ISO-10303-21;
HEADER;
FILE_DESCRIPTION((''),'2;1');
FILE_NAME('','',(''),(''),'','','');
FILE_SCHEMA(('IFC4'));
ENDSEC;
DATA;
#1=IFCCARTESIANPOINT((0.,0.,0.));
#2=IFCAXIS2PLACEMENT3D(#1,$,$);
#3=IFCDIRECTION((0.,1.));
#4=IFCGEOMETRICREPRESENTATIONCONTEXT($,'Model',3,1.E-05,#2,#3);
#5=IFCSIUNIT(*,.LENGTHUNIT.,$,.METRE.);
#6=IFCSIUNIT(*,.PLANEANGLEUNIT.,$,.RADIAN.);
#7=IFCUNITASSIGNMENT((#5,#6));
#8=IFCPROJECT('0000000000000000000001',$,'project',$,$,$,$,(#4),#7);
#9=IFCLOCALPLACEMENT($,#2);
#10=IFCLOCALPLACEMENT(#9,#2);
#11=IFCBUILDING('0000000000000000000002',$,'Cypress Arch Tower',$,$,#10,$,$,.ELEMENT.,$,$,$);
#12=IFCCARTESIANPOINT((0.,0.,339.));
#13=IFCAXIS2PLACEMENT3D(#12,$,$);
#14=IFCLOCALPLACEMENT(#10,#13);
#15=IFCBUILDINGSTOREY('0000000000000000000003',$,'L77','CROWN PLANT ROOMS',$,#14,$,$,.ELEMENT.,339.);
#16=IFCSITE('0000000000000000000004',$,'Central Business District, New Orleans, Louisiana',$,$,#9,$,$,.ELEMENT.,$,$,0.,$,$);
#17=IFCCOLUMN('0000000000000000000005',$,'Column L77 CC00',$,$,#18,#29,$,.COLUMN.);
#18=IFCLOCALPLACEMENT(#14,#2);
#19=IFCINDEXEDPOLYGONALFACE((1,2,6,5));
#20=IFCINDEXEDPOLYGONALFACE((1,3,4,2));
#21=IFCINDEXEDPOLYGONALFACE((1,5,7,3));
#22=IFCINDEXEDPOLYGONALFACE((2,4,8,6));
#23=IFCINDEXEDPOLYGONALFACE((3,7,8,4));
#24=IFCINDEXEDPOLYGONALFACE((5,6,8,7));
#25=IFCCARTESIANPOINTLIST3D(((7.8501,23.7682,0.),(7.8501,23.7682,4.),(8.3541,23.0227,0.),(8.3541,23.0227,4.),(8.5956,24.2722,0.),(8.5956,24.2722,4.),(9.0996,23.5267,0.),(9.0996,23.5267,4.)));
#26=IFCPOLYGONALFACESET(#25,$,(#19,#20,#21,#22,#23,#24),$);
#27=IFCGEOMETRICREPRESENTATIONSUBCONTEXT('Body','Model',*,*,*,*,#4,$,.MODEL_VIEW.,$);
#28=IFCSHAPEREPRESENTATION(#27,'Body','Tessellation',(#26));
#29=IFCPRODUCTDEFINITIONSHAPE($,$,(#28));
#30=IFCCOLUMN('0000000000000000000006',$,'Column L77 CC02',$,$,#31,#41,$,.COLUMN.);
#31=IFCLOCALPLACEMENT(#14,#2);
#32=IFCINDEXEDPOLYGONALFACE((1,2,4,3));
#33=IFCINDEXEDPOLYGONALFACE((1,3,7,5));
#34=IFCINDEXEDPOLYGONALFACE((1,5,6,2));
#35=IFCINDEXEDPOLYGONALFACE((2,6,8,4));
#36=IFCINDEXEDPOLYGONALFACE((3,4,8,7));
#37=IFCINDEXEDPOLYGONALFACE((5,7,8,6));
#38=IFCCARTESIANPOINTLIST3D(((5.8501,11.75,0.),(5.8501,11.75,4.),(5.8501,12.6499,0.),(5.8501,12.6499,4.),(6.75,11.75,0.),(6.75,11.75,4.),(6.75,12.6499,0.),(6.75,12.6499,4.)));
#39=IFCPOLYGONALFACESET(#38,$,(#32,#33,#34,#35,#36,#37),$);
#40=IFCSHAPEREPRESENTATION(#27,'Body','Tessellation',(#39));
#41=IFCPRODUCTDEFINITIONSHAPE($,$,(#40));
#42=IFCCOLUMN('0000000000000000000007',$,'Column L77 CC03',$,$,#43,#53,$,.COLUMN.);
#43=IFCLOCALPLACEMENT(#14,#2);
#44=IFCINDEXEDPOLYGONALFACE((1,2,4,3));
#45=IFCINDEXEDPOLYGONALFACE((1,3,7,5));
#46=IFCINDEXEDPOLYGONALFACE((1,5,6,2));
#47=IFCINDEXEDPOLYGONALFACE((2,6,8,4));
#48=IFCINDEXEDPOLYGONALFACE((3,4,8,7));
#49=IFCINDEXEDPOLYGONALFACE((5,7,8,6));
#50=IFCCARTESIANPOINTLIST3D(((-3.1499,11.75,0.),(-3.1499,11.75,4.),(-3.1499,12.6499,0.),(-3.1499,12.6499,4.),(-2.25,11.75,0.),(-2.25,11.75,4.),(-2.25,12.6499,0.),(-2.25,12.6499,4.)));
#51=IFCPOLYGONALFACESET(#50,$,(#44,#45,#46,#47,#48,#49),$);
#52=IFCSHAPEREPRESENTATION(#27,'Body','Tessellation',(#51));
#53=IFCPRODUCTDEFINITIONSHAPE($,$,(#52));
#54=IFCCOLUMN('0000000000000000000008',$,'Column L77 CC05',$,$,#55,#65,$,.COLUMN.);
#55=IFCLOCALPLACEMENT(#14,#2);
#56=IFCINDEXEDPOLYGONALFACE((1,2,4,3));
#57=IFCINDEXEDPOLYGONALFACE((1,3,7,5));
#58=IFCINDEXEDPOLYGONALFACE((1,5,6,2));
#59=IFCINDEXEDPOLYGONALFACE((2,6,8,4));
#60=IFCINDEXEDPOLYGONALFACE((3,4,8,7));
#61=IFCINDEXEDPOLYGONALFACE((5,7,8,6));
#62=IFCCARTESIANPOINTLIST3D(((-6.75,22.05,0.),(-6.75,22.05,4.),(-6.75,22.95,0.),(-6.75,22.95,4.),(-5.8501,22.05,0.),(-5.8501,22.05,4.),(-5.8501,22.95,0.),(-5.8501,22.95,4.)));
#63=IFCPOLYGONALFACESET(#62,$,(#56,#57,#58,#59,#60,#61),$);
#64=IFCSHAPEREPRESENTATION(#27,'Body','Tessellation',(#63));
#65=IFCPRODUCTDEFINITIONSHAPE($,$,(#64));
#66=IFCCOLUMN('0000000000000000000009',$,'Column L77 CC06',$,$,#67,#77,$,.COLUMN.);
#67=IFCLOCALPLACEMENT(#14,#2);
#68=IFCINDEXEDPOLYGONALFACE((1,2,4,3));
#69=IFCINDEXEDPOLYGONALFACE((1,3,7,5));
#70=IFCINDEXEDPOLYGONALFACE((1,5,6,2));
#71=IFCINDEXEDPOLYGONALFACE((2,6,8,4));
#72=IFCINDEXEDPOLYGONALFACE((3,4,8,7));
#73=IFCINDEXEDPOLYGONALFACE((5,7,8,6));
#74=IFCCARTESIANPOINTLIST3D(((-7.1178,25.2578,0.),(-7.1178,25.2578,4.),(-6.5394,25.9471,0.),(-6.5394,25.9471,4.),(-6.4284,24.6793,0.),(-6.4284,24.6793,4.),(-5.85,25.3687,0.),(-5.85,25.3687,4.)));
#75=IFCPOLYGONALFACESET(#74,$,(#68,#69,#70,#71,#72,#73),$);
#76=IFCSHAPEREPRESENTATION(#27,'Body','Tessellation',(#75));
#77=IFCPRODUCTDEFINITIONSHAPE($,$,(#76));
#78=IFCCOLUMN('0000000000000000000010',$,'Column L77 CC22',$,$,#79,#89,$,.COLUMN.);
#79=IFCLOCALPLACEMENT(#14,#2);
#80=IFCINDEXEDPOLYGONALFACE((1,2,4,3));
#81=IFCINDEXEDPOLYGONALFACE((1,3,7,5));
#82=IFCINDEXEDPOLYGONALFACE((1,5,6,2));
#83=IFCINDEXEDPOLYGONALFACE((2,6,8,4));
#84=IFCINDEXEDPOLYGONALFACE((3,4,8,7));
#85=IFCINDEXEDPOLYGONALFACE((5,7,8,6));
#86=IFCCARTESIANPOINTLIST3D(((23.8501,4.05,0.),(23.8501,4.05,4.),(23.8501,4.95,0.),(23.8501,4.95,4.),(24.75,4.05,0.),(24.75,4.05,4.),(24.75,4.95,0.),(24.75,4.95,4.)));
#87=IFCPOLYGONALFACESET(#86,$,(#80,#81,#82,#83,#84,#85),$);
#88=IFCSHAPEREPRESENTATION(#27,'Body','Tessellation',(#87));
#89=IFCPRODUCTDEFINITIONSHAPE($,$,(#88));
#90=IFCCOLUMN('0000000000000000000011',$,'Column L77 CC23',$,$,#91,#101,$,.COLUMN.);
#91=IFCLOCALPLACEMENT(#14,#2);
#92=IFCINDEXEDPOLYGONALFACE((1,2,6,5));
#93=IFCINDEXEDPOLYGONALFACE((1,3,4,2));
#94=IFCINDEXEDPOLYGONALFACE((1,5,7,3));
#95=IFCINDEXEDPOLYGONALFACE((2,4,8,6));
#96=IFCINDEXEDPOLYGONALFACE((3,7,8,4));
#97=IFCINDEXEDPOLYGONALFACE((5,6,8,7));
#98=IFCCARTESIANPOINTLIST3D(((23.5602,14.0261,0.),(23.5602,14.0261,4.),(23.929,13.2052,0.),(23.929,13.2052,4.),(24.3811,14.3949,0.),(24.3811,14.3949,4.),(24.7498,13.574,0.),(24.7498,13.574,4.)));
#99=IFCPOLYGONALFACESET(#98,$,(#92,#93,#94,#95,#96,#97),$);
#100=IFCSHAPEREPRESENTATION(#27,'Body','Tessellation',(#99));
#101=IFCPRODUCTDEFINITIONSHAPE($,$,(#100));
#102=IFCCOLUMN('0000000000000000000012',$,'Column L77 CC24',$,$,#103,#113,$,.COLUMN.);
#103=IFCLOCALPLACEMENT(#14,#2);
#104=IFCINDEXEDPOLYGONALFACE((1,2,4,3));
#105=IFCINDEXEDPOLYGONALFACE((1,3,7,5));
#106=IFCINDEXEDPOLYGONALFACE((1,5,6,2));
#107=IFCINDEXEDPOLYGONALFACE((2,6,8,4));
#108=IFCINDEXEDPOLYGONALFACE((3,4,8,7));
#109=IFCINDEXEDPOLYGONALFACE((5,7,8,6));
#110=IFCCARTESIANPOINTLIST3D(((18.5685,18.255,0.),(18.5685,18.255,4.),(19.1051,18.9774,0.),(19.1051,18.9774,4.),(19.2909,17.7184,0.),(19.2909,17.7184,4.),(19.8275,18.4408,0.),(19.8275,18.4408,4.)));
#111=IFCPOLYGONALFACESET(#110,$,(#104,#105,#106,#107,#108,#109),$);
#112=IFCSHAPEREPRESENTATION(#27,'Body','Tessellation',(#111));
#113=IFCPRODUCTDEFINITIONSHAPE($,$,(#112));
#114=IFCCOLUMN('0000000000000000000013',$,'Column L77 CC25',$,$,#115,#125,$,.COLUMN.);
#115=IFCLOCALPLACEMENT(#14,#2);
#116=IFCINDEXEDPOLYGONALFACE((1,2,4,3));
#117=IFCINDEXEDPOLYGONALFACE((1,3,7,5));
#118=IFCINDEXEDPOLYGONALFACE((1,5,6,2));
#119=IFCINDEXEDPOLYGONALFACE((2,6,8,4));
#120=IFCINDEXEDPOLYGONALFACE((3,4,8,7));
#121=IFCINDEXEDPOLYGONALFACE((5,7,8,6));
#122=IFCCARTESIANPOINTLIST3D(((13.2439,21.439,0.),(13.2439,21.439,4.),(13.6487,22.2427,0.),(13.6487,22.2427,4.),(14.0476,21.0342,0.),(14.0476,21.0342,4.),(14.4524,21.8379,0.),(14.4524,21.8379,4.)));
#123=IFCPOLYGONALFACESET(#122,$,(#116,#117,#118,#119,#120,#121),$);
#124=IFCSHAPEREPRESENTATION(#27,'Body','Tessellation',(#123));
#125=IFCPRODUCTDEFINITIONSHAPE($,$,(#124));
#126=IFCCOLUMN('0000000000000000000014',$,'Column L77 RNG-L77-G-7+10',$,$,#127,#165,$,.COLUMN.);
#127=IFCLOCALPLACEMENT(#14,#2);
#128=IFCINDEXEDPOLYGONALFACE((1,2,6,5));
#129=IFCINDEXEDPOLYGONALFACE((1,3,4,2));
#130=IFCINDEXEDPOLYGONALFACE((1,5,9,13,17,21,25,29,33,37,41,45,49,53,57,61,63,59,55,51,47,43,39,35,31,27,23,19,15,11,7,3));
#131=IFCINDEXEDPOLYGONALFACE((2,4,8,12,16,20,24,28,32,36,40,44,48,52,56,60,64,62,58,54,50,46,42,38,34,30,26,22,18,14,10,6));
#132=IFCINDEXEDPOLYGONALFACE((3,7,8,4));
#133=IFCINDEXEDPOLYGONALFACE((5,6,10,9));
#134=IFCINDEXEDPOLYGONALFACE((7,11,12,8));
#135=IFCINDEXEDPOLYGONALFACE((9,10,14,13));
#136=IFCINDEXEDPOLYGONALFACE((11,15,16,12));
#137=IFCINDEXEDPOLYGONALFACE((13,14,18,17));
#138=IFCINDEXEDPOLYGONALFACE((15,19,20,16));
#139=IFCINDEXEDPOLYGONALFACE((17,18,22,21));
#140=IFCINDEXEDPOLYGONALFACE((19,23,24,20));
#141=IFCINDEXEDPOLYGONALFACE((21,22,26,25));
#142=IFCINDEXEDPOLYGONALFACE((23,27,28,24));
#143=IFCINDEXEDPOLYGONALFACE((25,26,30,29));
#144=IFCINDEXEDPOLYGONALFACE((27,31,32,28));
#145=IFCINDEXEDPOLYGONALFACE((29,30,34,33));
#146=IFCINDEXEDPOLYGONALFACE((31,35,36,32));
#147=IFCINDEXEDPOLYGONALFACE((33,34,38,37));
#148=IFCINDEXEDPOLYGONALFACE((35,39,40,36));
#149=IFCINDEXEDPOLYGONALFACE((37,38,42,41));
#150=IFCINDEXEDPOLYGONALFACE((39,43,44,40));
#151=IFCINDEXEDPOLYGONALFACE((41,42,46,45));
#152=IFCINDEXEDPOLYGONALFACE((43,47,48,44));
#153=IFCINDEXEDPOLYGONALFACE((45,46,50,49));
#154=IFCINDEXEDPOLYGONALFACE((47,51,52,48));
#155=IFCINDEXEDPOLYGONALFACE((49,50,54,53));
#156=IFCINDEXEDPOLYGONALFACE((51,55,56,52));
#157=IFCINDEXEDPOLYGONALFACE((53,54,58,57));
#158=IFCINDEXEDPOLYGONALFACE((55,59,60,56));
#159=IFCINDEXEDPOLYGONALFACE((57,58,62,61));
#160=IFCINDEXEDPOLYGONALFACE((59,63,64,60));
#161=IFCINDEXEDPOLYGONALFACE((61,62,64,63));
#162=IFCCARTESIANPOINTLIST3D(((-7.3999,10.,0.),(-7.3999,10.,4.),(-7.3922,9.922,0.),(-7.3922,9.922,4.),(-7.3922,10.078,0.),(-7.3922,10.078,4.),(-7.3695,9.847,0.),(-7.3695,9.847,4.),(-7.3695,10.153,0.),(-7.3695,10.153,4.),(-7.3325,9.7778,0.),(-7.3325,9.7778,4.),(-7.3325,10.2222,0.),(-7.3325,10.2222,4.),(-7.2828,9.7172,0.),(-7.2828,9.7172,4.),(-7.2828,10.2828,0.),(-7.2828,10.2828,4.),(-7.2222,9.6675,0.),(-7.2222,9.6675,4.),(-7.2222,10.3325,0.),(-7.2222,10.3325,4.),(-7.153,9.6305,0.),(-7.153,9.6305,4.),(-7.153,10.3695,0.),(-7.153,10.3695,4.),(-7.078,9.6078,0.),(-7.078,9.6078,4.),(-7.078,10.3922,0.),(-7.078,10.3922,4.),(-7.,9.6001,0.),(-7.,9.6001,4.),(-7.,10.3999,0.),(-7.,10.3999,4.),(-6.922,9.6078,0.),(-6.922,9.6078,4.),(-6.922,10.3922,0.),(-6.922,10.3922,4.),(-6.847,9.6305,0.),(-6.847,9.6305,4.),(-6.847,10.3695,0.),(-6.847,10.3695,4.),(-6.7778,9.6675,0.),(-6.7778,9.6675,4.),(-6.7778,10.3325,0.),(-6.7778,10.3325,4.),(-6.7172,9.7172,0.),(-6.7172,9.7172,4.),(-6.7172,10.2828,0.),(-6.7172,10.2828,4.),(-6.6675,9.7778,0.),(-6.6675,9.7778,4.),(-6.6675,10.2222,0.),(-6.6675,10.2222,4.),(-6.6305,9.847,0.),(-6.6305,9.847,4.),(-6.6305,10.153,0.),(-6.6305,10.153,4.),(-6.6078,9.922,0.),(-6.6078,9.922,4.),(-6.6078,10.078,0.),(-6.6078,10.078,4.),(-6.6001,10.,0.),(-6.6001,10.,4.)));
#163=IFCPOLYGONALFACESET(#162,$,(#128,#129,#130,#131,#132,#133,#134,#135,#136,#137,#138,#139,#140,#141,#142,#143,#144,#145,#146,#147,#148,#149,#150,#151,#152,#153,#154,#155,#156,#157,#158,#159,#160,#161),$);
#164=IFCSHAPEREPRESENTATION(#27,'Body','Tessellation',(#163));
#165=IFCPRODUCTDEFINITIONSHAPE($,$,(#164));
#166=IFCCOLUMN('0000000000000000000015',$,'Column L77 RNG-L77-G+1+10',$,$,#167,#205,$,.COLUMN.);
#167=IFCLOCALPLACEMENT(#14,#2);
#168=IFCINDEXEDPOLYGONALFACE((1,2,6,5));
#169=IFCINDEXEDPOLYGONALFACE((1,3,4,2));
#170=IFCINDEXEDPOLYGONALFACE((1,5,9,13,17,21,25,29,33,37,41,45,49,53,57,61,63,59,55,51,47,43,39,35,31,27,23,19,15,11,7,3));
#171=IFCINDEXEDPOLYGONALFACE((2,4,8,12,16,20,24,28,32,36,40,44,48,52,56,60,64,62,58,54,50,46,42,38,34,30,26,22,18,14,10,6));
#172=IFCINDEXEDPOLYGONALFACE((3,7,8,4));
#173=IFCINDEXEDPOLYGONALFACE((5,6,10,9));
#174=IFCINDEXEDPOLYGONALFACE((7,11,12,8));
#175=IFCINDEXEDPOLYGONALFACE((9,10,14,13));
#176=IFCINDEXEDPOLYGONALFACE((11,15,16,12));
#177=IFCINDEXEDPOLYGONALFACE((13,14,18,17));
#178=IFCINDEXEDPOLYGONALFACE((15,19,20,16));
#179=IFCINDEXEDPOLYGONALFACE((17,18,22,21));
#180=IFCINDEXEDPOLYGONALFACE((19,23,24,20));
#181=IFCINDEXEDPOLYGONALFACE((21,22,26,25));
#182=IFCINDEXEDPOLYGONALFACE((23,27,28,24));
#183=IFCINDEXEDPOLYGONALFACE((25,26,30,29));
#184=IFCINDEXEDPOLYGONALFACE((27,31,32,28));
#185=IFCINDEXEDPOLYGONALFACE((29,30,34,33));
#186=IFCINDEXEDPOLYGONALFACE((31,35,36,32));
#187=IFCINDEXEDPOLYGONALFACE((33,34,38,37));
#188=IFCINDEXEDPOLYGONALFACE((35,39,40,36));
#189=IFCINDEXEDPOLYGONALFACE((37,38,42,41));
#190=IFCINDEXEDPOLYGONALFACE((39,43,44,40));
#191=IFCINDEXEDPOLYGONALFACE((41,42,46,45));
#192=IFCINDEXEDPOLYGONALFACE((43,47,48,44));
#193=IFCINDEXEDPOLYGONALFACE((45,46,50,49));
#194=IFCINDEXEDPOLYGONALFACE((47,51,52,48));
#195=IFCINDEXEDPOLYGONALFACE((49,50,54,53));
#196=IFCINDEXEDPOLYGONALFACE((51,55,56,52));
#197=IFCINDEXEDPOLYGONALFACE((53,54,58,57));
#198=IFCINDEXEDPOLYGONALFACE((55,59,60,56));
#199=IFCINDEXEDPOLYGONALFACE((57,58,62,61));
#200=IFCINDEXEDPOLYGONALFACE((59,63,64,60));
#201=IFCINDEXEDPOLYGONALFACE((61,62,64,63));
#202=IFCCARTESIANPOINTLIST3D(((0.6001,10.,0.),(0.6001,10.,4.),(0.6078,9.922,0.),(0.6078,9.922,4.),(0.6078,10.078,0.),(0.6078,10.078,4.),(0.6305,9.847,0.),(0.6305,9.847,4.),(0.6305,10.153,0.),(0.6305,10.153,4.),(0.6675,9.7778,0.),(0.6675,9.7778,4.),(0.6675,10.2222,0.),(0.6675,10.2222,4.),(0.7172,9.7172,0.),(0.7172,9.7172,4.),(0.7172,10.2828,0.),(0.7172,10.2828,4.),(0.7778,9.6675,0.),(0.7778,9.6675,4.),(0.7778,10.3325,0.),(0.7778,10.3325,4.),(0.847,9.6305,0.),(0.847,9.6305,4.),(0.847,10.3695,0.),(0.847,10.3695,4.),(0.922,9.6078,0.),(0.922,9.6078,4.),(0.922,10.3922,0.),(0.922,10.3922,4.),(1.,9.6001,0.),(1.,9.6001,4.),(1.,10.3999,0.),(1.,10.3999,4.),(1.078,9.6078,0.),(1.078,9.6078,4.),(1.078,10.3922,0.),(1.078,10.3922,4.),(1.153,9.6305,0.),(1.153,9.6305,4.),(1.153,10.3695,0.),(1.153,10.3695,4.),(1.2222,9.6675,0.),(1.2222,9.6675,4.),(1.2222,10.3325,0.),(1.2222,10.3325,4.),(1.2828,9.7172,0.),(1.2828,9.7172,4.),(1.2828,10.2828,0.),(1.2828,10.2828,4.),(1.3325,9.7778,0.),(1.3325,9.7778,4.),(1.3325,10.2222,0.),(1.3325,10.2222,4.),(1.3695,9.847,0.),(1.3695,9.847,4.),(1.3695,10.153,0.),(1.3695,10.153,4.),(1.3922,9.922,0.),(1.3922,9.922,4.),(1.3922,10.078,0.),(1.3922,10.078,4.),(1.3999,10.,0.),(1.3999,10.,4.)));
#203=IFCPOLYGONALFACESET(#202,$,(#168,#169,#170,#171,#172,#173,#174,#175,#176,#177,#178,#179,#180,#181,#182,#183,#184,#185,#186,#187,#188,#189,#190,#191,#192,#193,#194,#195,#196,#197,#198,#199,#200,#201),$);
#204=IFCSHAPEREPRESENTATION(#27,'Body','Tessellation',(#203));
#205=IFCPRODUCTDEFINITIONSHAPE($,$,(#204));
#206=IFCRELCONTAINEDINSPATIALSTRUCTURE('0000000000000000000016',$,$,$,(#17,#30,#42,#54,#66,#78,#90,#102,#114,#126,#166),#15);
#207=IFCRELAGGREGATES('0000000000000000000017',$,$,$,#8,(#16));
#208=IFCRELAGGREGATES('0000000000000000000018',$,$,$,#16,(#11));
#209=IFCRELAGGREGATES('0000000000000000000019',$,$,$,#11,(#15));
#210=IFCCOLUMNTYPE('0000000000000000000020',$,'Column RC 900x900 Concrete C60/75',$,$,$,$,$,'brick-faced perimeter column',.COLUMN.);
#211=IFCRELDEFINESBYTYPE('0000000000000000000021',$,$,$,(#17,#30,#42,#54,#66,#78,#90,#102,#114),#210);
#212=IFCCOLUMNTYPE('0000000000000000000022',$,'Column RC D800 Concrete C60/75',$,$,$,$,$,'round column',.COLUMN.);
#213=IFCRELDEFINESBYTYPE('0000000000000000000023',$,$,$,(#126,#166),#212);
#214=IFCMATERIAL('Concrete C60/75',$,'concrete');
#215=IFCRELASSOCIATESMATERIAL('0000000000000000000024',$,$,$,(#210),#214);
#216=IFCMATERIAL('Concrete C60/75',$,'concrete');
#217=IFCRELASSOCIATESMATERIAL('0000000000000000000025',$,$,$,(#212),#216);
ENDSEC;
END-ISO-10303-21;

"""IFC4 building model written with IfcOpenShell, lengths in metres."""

from ifc_helpers import new_model, si_unit, direction, frame, origin, origin_2d, place, context, subcontext, project, spatial, rectangle, circle, extrude, material, material_profile, profile_set, type_object, element, save


model = new_model("IFC4")

# Units and contexts
model_context = context("Model", 3, precision=1e-05, world=origin(), true_north=direction((0.0, 1.0)))
body_context = subcontext(model_context, "Body", "Model", "MODEL_VIEW")
ifc_project = project(units=[si_unit("LENGTHUNIT", "METRE"), si_unit("PLANEANGLEUNIT", "RADIAN")], contexts=[model_context])

# Site, building, storey
site_placement = place(None, origin())
site = spatial("IfcSite", under=ifc_project, at=site_placement, Name="Central Business District, New Orleans, Louisiana", CompositionType="ELEMENT", RefElevation=0.0)
building_placement = place(site_placement, origin())
building = spatial("IfcBuilding", under=site, at=building_placement, Name="Cypress Arch Tower", CompositionType="ELEMENT")
storey_placement = place(building_placement, frame((0.0, 0.0, 339.0)))
storey = spatial("IfcBuildingStorey", under=building, at=storey_placement, Name="L77", Description="CROWN PLANT ROOMS", CompositionType="ELEMENT", Elevation=339.0)

# Columns
ifc_material_1 = material(Name="Concrete C60/75", Category="concrete")
ifc_material_profile_1 = material_profile(ifc_material_1, rectangle(XDim=0.8999, YDim=0.8999, at=origin_2d()), Name="RC 900x900")
ifc_profile_set_1 = profile_set([ifc_material_profile_1], Name="Concrete C60/75")
column_type_1 = type_object("IfcColumnType", Name="Column RC 900x900 Concrete C60/75", ElementType="brick-faced perimeter column", PredefinedType="COLUMN", material=ifc_profile_set_1)
for number, where, z_axis, x_axis, name in (
    (1, (8.4749, 23.6475, 0.0), (0.0, 0.0, 1.0), (-0.82847, -0.560034, 0.0), "Column L77 CC00"),
    (2, (6.3, 12.2, 0.0), (0.0, 0.0, 1.0), (-1.0, 0.0, 0.0), "Column L77 CC02"),
    (3, (-2.7, 12.2, 0.0), (0.0, 0.0, 1.0), (-1.0, 0.0, 0.0), "Column L77 CC03"),
    (4, (-6.3, 22.5, 0.0), (0.0, 0.0, 1.0), (0.0, 1.0, 0.0), "Column L77 CC05"),
    (5, (-6.4839, 25.3132, 0.0), (0.0, 0.0, 1.0), (-0.766064, 0.642765, 0.0), "Column L77 CC06"),
    (6, (24.3, 4.5, 0.0), (0.0, 0.0, 1.0), (0.0, 1.0, 0.0), "Column L77 CC22"),
    (7, (24.155, 13.8, 0.0), (0.0, 0.0, 1.0), (-0.409765, 0.912191, 0.0), "Column L77 CC23"),
    (8, (19.198, 18.3479, 0.0), (0.0, 0.0, 1.0), (-0.802799, 0.59625, 0.0), "Column L77 CC24"),
    (9, (13.8481, 21.6384, 0.0), (0.0, 0.0, 1.0), (-0.893106, 0.449845, 0.0), "Column L77 CC25"),
):
    element("IfcColumn", number, at=place(storey_placement, frame(where, z_axis=z_axis, x_axis=x_axis)), inside=storey, type_object=column_type_1, Name=name, PredefinedType="COLUMN", context=body_context, shape_type="SweptSolid", body=[
        extrude(rectangle(XDim=0.8999, YDim=0.8999, at=origin_2d()), origin(), (0.0, 0.0, 1.0), 4.0),
    ])
ifc_material_2 = material(Name="Concrete C60/75", Category="concrete")
ifc_material_profile_2 = material_profile(ifc_material_2, circle(Radius=0.3999, at=origin_2d()), Name="RC D800")
ifc_profile_set_2 = profile_set([ifc_material_profile_2], Name="Concrete C60/75")
column_type_2 = type_object("IfcColumnType", Name="Column RC D800 Concrete C60/75", ElementType="round column", PredefinedType="COLUMN", material=ifc_profile_set_2)
for number, where, z_axis, x_axis, name in (
    (10, (-7.0, 10.0, 0.0), (0.0, 0.0, 1.0), (1.0, 0.0, 0.0), "Column L77 RNG-L77-G-7+10"),
    (11, (1.0, 10.0, 0.0), (0.0, 0.0, 1.0), (1.0, 0.0, 0.0), "Column L77 RNG-L77-G+1+10"),
):
    element("IfcColumn", number, at=place(storey_placement, frame(where, z_axis=z_axis, x_axis=x_axis)), inside=storey, type_object=column_type_2, Name=name, PredefinedType="COLUMN", context=body_context, shape_type="SweptSolid", body=[
        extrude(circle(Radius=0.3999, at=origin_2d()), origin(), (0.0, 0.0, 1.0), 4.0),
    ])

save(model, "model.ifc")
